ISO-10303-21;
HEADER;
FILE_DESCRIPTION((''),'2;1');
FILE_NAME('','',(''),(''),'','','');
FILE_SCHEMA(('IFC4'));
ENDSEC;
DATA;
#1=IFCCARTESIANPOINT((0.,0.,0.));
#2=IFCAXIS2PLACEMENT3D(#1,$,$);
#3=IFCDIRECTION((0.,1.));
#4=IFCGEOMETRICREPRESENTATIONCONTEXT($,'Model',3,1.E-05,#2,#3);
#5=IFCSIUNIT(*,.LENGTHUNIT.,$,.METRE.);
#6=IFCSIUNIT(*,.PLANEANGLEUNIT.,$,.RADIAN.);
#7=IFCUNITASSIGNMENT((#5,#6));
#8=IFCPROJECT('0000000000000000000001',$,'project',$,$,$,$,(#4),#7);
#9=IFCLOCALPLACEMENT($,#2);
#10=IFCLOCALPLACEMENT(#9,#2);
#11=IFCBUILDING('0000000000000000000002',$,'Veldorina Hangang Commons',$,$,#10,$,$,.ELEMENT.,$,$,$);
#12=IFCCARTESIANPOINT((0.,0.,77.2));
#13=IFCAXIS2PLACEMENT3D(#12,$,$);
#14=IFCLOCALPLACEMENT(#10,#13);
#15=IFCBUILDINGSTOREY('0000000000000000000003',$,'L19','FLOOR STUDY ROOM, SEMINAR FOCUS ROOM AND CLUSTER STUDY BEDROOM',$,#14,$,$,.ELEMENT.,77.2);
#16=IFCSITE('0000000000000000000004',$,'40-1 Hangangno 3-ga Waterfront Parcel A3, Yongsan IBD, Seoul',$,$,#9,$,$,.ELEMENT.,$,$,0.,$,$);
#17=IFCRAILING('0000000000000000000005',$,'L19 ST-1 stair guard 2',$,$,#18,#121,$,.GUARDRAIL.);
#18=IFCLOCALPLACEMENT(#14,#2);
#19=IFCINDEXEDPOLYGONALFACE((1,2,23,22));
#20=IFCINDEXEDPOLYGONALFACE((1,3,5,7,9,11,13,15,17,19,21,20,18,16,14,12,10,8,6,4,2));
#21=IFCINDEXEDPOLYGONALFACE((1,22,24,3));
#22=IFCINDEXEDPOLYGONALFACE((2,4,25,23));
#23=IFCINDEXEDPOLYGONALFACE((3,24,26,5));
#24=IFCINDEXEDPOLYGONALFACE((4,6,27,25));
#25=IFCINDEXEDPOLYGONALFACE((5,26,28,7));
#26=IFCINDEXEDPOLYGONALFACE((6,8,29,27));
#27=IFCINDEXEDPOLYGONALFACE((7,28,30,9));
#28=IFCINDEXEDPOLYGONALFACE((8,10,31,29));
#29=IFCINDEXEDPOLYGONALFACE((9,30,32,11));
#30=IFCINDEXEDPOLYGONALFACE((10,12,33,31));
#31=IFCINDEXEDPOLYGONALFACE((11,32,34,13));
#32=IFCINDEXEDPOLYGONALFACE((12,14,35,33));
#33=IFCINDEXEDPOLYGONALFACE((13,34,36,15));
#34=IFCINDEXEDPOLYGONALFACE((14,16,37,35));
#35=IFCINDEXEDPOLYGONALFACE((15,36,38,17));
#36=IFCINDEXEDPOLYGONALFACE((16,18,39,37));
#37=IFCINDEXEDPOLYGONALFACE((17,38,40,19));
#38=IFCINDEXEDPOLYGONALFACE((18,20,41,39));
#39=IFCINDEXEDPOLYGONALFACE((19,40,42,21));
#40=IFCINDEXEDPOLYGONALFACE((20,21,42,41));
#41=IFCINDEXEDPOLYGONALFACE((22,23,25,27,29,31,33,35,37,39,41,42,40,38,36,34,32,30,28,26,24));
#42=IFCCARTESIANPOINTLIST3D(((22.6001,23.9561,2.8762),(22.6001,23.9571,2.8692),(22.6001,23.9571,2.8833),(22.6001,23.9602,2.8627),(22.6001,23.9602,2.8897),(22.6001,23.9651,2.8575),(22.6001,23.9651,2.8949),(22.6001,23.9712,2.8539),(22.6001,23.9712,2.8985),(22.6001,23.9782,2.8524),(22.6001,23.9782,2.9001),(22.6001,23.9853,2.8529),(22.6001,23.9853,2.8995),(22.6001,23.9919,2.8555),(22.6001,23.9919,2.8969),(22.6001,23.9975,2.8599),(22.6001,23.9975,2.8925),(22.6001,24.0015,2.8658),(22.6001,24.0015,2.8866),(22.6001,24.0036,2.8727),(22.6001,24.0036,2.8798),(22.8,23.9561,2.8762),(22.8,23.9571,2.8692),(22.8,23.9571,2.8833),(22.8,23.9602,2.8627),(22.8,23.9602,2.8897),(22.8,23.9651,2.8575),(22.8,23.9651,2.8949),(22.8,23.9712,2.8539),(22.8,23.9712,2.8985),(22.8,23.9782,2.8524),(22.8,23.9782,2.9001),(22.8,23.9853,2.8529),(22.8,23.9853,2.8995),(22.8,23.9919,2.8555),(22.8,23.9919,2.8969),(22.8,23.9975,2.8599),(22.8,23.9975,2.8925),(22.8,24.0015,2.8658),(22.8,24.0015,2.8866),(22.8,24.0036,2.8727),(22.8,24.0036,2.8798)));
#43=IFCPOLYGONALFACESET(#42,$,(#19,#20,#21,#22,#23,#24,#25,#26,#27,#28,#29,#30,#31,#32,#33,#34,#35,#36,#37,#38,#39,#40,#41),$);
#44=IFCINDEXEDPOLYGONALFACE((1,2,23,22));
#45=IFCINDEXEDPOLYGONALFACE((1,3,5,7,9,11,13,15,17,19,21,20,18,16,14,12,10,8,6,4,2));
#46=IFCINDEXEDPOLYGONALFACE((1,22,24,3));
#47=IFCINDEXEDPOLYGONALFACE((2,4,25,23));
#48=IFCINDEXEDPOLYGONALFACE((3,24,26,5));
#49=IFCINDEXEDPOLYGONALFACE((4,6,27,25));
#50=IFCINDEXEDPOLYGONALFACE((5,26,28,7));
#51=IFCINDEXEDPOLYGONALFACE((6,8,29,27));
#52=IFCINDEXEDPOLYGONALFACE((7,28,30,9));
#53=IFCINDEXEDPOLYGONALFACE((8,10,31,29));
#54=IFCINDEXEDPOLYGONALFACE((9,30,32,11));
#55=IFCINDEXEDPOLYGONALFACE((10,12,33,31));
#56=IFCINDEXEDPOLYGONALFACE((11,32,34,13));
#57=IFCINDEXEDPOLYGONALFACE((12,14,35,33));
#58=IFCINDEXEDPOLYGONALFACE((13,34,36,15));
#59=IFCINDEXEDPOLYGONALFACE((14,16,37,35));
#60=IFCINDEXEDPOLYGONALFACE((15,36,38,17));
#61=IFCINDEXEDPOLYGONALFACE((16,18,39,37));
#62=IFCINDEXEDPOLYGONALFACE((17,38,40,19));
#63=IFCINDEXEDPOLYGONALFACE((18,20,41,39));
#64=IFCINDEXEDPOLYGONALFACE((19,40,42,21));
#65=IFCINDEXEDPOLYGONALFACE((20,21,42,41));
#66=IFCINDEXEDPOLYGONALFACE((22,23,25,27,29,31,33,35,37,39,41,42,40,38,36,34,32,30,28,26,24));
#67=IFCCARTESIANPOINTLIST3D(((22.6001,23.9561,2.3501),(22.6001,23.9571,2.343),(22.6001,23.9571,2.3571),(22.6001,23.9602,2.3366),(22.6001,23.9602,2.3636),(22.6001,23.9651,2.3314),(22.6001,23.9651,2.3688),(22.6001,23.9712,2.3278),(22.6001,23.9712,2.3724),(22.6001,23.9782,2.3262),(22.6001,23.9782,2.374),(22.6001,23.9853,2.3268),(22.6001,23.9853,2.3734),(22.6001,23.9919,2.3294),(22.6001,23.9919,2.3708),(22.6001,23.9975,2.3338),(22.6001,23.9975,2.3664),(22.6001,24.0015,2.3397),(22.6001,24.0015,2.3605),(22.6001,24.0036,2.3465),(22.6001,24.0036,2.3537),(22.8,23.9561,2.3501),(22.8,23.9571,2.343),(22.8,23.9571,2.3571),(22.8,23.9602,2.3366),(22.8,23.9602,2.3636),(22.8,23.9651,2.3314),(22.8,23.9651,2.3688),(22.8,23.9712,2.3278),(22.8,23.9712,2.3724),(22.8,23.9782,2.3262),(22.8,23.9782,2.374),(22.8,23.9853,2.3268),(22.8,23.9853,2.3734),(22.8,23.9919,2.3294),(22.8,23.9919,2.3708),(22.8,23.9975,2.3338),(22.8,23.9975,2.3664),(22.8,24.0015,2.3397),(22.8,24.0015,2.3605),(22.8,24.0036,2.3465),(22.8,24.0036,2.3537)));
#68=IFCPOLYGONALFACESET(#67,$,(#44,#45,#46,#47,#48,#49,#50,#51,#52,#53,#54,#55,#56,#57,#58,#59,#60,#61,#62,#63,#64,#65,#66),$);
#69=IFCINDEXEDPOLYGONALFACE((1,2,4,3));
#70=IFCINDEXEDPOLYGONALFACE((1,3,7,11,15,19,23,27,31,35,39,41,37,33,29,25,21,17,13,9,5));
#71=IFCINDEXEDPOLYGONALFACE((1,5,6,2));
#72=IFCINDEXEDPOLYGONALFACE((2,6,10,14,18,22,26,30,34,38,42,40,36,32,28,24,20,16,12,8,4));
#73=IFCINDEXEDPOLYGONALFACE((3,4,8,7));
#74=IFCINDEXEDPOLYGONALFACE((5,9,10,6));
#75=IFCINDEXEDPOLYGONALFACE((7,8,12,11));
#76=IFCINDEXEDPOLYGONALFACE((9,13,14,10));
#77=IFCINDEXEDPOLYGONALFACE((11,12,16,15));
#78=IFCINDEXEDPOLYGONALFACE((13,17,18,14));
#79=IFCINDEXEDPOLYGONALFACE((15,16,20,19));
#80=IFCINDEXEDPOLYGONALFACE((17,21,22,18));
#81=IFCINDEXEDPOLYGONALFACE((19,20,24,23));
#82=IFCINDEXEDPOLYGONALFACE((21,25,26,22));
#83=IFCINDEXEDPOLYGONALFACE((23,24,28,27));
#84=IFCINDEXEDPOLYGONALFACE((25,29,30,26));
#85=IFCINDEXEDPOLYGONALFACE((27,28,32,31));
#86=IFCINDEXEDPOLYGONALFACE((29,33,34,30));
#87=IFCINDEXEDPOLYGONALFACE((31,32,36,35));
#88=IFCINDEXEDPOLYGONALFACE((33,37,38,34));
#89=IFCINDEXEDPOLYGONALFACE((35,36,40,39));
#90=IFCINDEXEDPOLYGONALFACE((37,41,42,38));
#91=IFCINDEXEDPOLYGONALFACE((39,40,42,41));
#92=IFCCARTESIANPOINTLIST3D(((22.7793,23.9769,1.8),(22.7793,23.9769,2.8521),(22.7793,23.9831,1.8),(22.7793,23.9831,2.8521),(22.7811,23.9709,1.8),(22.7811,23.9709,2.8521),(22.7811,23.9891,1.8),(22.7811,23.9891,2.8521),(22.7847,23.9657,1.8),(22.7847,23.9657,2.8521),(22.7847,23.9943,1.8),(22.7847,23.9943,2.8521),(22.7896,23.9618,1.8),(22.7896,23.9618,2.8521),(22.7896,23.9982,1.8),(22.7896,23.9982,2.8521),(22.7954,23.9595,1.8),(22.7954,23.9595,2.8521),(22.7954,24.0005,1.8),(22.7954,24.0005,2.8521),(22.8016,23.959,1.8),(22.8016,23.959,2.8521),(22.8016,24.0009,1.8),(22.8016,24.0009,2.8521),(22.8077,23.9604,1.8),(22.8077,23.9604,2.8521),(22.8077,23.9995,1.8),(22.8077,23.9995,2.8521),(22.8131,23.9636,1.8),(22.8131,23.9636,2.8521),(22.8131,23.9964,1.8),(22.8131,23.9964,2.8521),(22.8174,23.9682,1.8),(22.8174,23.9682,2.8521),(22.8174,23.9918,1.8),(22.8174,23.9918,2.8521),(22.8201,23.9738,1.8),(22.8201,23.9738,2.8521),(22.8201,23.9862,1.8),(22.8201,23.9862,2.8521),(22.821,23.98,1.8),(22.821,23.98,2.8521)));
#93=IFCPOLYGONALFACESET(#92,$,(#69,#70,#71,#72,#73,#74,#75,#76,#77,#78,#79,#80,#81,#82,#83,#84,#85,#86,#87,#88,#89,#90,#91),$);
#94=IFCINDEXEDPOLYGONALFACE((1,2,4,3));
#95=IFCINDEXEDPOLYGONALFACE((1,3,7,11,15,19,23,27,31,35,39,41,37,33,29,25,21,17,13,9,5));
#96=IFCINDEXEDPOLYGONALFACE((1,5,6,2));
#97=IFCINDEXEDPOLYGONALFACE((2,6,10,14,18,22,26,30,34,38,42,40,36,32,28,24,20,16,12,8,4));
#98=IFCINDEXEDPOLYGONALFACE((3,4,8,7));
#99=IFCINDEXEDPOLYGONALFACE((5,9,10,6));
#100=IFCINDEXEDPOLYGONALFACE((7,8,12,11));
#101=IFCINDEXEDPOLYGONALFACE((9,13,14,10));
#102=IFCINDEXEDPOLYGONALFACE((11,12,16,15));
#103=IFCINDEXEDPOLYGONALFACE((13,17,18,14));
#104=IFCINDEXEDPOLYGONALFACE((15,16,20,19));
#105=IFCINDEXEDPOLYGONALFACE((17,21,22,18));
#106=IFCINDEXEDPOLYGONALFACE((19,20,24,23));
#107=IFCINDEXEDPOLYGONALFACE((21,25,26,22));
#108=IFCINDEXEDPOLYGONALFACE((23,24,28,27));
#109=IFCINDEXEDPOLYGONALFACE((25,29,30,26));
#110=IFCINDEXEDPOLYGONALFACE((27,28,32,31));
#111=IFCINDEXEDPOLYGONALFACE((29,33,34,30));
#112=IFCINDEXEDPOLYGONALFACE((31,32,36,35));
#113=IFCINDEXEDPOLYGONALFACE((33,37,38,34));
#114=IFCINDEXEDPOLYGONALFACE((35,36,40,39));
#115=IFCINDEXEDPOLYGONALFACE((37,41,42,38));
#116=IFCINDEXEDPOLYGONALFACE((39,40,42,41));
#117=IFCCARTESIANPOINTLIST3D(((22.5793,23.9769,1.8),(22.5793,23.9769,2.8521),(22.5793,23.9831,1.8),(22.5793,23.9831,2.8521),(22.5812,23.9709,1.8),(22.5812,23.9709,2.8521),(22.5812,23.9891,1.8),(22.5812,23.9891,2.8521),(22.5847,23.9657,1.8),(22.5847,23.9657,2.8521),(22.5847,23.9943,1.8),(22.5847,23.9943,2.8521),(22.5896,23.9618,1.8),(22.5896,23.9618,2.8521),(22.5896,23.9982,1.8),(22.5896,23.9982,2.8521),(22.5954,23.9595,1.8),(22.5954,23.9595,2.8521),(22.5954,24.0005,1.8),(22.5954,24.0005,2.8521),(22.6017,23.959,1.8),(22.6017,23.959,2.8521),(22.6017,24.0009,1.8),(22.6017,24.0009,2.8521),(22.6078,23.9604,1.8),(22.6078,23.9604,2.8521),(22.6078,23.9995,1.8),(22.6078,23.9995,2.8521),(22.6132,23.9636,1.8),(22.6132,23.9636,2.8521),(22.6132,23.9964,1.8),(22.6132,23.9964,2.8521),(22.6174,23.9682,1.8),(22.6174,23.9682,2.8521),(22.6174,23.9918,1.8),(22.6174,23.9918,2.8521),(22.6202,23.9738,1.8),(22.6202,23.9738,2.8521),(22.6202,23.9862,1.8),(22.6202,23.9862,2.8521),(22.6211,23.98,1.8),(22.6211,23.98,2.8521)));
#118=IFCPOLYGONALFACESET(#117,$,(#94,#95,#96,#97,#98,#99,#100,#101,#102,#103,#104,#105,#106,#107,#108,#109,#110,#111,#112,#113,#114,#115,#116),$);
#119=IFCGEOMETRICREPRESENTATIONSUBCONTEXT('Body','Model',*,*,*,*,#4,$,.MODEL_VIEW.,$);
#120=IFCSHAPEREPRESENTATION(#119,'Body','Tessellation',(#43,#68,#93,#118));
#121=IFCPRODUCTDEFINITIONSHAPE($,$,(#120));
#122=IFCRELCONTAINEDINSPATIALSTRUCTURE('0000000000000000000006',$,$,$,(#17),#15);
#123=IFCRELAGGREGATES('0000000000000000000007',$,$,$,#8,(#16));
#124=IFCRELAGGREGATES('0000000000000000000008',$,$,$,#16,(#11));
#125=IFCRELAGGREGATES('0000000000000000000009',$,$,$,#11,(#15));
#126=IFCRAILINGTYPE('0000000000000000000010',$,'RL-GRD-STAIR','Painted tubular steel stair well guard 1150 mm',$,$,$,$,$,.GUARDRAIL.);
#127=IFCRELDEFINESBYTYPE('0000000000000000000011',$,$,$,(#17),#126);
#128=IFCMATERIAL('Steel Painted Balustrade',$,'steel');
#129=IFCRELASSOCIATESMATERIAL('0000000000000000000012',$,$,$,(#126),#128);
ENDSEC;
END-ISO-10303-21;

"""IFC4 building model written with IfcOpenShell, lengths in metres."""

from ifc_helpers import new_model, si_unit, direction, frame, origin, origin_2d, place, context, subcontext, project, spatial, circle, extrude, material, type_object, element, save


model = new_model("IFC4")

# Units and contexts
model_context = context("Model", 3, precision=1e-05, world=origin(), true_north=direction((0.0, 1.0)))
body_context = subcontext(model_context, "Body", "Model", "MODEL_VIEW")
ifc_project = project(units=[si_unit("LENGTHUNIT", "METRE"), si_unit("PLANEANGLEUNIT", "RADIAN")], contexts=[model_context])

# Site, building, storey
site_placement = place(None, origin())
site = spatial("IfcSite", under=ifc_project, at=site_placement, Name="40-1 Hangangno 3-ga Waterfront Parcel A3, Yongsan IBD, Seoul", CompositionType="ELEMENT", RefElevation=0.0)
building_placement = place(site_placement, origin())
building = spatial("IfcBuilding", under=site, at=building_placement, Name="Veldorina Hangang Commons", CompositionType="ELEMENT")
storey_placement = place(building_placement, frame((0.0, 0.0, 77.2)))
storey = spatial("IfcBuildingStorey", under=building, at=storey_placement, Name="L19", Description="FLOOR STUDY ROOM, SEMINAR FOCUS ROOM AND CLUSTER STUDY BEDROOM", CompositionType="ELEMENT", Elevation=77.2)

# Railing
ifc_material_1 = material(Name="Steel Painted Balustrade", Category="steel")
railing_type_1 = type_object("IfcRailingType", Name="RL-GRD-STAIR", Description="Painted tubular steel stair well guard 1150 mm", PredefinedType="GUARDRAIL", material=ifc_material_1)
railing_1_placement = place(storey_placement, frame((22.8, 23.98, 1.8)))
element("IfcRailing", 1, at=railing_1_placement, inside=storey, type_object=railing_type_1, Name="L19 ST-1 stair guard 2", PredefinedType="GUARDRAIL", context=body_context, shape_type="SweptSolid", body=[
    extrude(circle(Radius=0.0239, at=origin_2d()), frame((0.0, 0.0, 1.0762), z_axis=(-1.0, 0.0, 0.0), x_axis=(0.0, -1.0, 0.0)), (0.0, 0.0, 1.0), 0.2),
    extrude(circle(Radius=0.0239, at=origin_2d()), frame((0.0, 0.0, 0.55), z_axis=(-1.0, 0.0, 0.0), x_axis=(0.0, -1.0, 0.0)), (0.0, 0.0, 1.0), 0.2),
    extrude(circle(Radius=0.021, at=origin_2d()), origin(), (0.0, 0.0, 1.0), 1.052),
    extrude(circle(Radius=0.021, at=origin_2d()), frame((-0.2, 0.0, 0.0)), (0.0, 0.0, 1.0), 1.052),
])

save(model, "model.ifc")
